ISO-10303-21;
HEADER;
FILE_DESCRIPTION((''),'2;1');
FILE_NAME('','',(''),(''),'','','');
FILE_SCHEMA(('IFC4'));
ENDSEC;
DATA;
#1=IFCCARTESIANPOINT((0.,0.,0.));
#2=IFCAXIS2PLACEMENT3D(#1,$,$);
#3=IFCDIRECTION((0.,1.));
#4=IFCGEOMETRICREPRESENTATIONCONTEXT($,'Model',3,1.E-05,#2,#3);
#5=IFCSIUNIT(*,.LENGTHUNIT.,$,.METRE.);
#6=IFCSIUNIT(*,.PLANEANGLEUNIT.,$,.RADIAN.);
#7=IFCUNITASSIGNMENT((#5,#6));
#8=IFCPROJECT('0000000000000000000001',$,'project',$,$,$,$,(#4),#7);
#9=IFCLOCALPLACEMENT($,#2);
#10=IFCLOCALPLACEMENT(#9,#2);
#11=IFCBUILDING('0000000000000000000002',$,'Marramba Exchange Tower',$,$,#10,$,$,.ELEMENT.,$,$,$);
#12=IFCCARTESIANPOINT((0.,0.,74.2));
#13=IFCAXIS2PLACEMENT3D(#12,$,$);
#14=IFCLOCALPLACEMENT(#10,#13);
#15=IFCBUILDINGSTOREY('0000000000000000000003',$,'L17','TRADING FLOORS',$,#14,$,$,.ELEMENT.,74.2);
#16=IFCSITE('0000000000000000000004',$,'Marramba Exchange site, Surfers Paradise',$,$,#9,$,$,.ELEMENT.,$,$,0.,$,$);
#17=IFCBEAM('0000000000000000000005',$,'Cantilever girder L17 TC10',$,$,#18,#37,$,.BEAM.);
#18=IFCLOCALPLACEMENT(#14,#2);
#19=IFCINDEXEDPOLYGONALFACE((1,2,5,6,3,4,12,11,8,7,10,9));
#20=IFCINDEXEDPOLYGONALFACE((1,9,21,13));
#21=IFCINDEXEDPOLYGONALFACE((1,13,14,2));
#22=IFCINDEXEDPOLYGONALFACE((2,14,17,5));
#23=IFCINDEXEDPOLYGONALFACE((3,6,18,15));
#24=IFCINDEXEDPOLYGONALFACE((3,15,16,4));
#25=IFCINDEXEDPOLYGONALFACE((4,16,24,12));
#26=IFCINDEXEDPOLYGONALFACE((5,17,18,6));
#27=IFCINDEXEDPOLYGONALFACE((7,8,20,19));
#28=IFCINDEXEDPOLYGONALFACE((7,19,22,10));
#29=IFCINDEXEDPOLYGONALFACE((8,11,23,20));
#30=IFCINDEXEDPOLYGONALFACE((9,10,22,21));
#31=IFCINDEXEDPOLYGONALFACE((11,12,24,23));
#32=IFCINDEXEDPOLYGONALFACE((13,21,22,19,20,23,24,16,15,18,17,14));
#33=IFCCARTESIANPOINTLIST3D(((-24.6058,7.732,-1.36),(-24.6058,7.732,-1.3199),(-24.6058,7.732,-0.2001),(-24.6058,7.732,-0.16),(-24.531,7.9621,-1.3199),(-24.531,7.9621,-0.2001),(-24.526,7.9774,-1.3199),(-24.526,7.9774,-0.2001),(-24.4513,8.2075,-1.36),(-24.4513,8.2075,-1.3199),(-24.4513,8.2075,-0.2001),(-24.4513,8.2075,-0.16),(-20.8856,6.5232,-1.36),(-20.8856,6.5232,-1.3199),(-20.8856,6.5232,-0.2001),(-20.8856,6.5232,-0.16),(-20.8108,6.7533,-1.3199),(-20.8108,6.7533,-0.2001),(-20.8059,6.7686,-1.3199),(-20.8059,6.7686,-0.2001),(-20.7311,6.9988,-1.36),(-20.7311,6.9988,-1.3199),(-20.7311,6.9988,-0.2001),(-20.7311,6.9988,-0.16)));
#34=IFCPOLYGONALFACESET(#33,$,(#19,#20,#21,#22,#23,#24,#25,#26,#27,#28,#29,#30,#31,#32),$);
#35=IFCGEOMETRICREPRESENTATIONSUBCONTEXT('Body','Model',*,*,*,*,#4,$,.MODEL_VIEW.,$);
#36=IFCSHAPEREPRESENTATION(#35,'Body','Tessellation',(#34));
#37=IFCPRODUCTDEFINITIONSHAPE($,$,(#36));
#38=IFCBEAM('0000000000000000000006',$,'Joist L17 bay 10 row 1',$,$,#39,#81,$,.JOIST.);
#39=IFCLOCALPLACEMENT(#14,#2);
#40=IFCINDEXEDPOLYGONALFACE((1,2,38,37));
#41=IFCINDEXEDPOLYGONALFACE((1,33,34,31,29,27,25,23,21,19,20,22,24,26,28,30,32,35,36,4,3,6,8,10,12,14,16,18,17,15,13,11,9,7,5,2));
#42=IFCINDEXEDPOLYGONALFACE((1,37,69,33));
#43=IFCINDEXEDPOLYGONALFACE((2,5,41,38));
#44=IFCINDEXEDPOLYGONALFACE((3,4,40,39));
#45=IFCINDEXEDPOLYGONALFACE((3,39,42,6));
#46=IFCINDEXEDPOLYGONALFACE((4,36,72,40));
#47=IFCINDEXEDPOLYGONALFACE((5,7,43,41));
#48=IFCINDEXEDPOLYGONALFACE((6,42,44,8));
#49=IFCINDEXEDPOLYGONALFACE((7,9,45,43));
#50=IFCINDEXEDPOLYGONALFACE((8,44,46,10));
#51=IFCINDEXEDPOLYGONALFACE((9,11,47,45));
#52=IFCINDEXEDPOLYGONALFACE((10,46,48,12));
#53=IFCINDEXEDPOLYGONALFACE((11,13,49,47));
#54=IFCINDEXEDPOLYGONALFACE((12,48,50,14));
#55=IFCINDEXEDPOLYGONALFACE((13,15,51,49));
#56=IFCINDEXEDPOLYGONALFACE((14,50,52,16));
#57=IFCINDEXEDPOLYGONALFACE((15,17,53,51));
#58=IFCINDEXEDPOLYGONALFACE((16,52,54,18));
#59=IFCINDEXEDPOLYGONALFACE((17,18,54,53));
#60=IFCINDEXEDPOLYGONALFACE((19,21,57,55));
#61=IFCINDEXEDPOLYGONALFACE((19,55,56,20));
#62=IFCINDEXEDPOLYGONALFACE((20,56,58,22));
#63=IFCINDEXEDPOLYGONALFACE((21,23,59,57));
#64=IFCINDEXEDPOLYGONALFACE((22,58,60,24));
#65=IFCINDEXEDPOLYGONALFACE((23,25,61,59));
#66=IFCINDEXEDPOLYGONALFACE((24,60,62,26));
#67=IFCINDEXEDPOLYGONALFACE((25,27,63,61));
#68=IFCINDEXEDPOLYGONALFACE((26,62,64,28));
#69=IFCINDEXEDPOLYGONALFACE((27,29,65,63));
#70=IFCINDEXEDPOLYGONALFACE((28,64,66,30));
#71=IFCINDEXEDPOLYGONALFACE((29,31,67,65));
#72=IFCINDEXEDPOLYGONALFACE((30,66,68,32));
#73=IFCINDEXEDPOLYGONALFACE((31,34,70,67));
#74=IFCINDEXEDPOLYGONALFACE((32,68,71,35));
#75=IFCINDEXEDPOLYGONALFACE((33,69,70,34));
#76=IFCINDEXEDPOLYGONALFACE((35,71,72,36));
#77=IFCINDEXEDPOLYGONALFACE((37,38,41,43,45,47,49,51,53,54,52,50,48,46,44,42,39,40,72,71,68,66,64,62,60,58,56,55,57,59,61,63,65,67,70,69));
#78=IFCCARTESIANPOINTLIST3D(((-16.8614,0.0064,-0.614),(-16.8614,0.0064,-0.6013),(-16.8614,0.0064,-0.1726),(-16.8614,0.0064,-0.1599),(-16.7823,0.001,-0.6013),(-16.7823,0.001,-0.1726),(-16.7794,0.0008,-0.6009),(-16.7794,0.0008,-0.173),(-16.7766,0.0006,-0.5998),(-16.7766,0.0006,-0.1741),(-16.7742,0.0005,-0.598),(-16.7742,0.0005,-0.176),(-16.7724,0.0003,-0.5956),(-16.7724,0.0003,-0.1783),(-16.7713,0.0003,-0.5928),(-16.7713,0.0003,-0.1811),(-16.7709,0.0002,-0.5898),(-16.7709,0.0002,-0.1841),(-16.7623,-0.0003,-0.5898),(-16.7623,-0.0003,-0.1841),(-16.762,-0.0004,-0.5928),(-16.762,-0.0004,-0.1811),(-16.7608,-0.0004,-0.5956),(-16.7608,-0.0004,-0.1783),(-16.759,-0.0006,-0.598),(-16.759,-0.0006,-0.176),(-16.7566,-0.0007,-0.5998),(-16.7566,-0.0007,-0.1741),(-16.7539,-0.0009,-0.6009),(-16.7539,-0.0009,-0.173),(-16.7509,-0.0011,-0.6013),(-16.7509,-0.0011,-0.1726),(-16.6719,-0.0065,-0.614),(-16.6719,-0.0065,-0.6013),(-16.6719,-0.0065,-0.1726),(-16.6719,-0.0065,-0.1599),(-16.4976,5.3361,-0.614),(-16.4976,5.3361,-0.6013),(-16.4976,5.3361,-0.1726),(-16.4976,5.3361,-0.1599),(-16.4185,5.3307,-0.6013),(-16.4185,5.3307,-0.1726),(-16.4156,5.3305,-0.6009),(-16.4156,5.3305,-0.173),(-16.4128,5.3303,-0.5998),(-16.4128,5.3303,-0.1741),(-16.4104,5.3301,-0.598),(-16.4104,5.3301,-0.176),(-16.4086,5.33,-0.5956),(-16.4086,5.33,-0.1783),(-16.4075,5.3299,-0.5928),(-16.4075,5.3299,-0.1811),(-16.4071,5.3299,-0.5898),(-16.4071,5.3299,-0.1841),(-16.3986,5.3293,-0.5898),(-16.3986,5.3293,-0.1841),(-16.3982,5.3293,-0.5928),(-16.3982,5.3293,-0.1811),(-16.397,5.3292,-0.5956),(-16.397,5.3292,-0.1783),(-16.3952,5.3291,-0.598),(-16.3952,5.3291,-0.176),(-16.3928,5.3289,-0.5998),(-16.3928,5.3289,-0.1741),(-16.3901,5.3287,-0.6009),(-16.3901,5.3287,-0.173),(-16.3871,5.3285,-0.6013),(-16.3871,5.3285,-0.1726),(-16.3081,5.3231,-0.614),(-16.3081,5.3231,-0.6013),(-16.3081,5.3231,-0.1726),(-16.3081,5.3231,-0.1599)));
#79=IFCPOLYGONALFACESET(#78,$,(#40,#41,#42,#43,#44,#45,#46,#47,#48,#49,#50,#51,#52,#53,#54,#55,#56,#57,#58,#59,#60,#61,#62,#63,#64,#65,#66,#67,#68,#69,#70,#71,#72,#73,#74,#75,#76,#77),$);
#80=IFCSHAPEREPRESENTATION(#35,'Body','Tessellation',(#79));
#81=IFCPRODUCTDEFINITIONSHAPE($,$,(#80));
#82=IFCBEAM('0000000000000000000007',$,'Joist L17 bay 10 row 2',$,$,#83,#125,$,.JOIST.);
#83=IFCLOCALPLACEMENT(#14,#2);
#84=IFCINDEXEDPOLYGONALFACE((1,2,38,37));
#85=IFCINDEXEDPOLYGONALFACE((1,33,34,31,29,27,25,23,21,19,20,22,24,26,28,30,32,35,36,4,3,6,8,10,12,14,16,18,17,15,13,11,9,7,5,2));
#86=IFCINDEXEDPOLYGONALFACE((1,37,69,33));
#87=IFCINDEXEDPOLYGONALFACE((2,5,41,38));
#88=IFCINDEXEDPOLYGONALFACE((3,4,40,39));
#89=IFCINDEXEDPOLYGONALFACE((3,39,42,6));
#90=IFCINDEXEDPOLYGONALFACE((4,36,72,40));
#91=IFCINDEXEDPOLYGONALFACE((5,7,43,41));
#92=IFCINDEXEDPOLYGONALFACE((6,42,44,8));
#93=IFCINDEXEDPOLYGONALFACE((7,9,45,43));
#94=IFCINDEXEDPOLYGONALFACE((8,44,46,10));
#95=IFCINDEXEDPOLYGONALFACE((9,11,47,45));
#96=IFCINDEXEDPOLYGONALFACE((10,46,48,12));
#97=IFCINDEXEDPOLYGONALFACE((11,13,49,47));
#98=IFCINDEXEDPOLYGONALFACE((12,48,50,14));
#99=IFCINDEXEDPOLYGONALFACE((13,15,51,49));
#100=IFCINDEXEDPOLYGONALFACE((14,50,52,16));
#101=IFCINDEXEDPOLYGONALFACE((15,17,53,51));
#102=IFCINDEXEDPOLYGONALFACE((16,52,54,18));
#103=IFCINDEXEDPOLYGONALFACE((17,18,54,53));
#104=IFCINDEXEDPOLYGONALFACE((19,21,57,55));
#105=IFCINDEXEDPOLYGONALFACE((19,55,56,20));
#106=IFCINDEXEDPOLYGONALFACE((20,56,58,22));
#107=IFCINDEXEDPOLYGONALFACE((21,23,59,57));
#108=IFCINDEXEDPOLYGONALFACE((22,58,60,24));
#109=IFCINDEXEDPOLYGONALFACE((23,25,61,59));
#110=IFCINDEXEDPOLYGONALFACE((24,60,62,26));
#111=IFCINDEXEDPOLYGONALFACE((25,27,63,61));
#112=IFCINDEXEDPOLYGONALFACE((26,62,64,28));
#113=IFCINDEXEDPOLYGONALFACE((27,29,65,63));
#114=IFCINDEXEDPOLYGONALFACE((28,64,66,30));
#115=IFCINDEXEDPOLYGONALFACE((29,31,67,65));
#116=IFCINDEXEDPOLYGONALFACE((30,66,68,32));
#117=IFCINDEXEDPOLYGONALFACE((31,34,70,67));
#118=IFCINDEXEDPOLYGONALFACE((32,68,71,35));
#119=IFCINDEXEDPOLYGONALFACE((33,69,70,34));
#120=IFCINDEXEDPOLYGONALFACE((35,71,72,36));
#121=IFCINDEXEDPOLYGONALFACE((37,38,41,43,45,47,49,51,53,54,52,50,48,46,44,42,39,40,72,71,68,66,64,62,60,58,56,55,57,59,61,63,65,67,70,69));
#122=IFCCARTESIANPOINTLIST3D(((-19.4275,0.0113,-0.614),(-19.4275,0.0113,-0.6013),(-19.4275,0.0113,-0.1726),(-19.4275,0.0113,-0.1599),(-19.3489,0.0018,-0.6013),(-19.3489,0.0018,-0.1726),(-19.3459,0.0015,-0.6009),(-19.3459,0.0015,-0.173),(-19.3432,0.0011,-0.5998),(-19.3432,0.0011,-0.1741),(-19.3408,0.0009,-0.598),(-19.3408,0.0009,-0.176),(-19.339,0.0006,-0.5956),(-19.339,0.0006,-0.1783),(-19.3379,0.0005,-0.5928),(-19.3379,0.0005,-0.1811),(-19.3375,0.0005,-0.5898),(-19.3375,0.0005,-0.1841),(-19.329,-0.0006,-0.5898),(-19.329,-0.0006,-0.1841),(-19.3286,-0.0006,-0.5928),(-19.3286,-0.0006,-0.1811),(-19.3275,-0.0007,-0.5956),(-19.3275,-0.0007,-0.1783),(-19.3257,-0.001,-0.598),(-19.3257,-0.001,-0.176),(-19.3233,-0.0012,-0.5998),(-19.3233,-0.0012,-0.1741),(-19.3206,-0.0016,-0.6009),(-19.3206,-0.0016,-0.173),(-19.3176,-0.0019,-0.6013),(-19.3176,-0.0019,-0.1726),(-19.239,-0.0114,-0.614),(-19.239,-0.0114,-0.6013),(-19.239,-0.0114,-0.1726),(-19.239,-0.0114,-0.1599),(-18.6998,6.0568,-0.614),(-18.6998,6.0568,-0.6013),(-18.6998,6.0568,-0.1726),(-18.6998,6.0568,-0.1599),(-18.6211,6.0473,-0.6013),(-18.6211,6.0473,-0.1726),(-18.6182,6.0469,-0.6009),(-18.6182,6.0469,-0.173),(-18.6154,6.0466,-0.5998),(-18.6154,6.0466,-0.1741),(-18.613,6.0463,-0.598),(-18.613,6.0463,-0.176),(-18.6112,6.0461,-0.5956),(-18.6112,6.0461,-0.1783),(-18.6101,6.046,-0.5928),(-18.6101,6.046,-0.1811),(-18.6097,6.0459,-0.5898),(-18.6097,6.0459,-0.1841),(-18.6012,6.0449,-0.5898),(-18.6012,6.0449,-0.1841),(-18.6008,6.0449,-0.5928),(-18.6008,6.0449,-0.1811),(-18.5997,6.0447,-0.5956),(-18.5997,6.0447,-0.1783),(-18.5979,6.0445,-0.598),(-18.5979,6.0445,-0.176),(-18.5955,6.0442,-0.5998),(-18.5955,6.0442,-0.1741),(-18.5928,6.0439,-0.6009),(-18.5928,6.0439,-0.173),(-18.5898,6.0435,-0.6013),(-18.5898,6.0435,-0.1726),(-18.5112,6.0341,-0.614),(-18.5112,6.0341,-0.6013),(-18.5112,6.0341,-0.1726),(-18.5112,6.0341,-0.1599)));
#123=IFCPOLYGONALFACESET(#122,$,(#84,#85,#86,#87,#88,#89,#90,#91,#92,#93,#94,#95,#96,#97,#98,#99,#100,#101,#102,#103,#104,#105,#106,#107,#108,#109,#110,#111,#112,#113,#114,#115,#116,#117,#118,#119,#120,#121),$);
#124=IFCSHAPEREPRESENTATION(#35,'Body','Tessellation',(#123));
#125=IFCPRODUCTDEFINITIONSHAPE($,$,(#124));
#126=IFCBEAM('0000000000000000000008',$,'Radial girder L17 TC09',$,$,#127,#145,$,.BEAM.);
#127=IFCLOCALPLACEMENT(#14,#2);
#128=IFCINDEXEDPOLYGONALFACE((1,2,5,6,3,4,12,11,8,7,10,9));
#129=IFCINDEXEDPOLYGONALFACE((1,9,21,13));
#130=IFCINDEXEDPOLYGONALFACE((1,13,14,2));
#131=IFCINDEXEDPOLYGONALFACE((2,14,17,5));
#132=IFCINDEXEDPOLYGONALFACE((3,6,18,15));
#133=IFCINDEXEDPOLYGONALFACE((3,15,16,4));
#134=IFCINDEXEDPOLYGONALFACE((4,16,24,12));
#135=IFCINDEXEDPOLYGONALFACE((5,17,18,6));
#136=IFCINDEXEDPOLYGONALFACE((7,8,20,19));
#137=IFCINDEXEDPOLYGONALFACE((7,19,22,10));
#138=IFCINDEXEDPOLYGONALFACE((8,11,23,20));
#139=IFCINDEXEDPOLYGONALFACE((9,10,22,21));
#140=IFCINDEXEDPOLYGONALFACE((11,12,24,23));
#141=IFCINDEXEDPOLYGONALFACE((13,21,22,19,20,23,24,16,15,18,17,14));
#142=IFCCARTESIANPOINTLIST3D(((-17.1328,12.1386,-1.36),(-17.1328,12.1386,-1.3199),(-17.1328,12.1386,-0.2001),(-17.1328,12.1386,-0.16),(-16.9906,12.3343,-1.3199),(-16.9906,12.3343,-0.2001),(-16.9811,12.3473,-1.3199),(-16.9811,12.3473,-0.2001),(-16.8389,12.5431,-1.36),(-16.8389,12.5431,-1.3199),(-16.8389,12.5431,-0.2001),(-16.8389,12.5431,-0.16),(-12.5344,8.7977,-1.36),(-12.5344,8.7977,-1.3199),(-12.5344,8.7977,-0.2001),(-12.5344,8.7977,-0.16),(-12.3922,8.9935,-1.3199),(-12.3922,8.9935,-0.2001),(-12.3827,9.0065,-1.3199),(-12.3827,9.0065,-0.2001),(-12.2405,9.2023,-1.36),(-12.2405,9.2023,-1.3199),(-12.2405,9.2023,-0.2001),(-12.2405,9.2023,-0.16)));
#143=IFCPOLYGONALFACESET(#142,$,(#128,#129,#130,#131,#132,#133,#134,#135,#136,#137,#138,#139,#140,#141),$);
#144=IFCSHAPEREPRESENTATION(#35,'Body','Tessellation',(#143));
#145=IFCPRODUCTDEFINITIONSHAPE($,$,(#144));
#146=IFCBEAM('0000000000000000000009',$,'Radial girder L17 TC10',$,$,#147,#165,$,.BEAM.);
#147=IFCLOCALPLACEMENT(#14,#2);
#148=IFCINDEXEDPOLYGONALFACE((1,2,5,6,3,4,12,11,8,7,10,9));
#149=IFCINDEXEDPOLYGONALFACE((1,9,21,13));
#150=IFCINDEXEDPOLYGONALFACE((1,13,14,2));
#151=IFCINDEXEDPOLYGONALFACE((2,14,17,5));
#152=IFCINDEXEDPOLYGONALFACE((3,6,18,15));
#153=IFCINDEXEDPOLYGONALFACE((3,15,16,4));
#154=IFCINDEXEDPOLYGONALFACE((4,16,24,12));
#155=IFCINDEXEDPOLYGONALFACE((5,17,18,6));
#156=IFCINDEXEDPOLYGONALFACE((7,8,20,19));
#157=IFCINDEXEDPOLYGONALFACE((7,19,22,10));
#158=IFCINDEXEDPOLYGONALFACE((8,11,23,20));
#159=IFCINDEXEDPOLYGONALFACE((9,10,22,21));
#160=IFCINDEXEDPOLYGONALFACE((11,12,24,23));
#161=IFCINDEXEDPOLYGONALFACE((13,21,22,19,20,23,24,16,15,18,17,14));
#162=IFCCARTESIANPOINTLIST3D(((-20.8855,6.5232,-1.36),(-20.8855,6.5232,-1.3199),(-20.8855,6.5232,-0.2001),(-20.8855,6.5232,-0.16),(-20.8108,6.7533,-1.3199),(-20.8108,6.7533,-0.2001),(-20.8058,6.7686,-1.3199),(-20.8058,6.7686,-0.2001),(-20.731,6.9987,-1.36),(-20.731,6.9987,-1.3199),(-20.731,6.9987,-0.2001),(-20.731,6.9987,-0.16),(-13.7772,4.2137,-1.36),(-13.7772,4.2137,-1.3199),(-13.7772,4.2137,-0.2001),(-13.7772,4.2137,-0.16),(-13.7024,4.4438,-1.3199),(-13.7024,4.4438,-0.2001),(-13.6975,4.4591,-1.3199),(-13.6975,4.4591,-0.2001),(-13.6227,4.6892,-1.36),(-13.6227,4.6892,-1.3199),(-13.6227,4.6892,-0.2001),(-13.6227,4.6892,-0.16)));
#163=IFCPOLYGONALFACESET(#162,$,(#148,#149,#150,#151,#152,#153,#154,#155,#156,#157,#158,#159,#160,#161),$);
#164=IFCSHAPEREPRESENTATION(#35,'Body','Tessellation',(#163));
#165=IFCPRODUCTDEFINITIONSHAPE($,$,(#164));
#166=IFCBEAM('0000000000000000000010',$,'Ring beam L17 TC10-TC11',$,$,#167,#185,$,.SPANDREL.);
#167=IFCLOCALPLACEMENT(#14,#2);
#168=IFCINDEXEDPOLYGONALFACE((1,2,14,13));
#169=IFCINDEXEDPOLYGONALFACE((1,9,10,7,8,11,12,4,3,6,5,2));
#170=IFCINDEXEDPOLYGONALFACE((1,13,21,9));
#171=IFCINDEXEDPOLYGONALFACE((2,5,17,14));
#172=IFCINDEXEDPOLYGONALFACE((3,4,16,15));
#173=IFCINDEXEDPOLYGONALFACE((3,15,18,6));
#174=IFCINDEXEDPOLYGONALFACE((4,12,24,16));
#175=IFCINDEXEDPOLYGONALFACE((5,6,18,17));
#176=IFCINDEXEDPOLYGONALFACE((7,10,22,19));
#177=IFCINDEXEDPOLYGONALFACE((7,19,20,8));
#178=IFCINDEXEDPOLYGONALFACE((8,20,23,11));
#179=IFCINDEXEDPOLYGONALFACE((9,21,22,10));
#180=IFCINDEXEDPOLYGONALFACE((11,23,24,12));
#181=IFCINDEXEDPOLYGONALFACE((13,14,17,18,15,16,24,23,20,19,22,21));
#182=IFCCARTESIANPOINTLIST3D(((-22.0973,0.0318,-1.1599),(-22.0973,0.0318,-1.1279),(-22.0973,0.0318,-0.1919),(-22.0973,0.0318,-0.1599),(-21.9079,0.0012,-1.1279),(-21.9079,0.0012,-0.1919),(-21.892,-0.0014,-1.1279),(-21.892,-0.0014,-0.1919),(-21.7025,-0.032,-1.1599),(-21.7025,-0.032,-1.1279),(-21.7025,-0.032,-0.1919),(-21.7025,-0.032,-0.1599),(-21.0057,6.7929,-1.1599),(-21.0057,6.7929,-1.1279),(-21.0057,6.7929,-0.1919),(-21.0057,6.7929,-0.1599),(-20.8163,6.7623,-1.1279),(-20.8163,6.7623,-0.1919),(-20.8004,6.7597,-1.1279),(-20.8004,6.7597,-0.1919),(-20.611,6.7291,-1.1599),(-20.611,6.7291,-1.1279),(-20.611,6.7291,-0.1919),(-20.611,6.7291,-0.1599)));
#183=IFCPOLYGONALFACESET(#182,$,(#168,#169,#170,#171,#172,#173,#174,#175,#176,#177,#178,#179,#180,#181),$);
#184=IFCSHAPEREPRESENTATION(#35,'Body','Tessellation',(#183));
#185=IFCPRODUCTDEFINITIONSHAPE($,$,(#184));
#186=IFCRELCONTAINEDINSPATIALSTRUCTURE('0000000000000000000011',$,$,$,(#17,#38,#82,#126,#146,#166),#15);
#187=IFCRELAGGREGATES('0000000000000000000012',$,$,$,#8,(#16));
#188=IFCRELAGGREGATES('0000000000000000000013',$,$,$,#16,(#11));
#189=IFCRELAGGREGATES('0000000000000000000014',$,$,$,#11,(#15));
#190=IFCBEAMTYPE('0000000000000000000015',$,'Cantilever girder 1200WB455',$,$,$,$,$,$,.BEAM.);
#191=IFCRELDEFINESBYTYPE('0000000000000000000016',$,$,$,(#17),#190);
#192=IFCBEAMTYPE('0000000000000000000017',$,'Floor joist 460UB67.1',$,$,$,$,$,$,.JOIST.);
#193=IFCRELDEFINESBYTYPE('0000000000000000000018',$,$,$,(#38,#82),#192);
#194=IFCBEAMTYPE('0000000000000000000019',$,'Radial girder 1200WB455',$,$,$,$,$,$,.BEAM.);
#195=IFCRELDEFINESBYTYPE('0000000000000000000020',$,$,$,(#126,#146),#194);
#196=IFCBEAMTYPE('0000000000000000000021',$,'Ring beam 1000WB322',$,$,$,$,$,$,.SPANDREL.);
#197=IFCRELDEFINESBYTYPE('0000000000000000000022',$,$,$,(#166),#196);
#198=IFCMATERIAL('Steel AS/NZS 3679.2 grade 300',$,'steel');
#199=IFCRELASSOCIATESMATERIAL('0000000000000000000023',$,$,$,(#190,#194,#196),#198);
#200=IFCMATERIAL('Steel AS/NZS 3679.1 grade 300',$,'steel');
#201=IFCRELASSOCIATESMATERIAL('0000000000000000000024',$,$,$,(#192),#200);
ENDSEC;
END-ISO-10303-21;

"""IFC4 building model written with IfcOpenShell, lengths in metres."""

from ifc_helpers import new_model, si_unit, direction, frame, origin, origin_2d, place, context, subcontext, project, spatial, i_section, extrude, material, material_profile, profile_set, type_object, element, save


model = new_model("IFC4")

# Units and contexts
model_context = context("Model", 3, precision=1e-05, world=origin(), true_north=direction((0.0, 1.0)))
body_context = subcontext(model_context, "Body", "Model", "MODEL_VIEW")
ifc_project = project(units=[si_unit("LENGTHUNIT", "METRE"), si_unit("PLANEANGLEUNIT", "RADIAN")], contexts=[model_context])

# Site, building, storey
site_placement = place(None, origin())
site = spatial("IfcSite", under=ifc_project, at=site_placement, Name="Marramba Exchange site, Surfers Paradise", CompositionType="ELEMENT", RefElevation=0.0)
building_placement = place(site_placement, origin())
building = spatial("IfcBuilding", under=site, at=building_placement, Name="Marramba Exchange Tower", CompositionType="ELEMENT")
storey_placement = place(building_placement, frame((0.0, 0.0, 74.2)))
storey = spatial("IfcBuildingStorey", under=building, at=storey_placement, Name="L17", Description="TRADING FLOORS", CompositionType="ELEMENT", Elevation=74.2)

# Beams
ifc_material_1 = material(Name="Steel AS/NZS 3679.2 grade 300", Category="steel")
ifc_material_profile_1 = material_profile(ifc_material_1, i_section(OverallWidth=0.5, OverallDepth=1.2, WebThickness=0.0161, FlangeThickness=0.04, at=origin_2d()), Name="1200WB455")
ifc_profile_set_1 = profile_set([ifc_material_profile_1], Name="Steel AS/NZS 3679.2 grade 300")
beam_type_1 = type_object("IfcBeamType", Name="Cantilever girder 1200WB455", PredefinedType="BEAM", material=ifc_profile_set_1)
beam_1_placement = place(storey_placement, frame((-20.8083, 6.761, -0.76), z_axis=(-0.951059, 0.30901, 0.0), x_axis=(-0.30901, -0.951059, 0.0)))
element("IfcBeam", 1, at=beam_1_placement, inside=storey, type_object=beam_type_1, Name="Cantilever girder L17 TC10", PredefinedType="BEAM", context=body_context, shape_type="SweptSolid", body=[
    extrude(i_section(OverallWidth=0.5, OverallDepth=1.2, WebThickness=0.0161, FlangeThickness=0.04, at=origin_2d()), origin(), (0.0, 0.0, 1.0), 3.9116),
])
ifc_material_2 = material(Name="Steel AS/NZS 3679.1 grade 300", Category="steel")
ifc_material_profile_2 = material_profile(ifc_material_2, i_section(OverallWidth=0.1899, OverallDepth=0.4541, WebThickness=0.0085, FlangeThickness=0.0127, FilletRadius=0.0115, at=origin_2d()), Name="460UB67.1")
ifc_profile_set_2 = profile_set([ifc_material_profile_2], Name="Steel AS/NZS 3679.1 grade 300")
beam_type_2 = type_object("IfcBeamType", Name="Floor joist 460UB67.1", PredefinedType="JOIST", material=ifc_profile_set_2)
beam_2_placement = place(storey_placement, frame((-16.4028, 5.3296, -0.387), z_axis=(-0.068096, -0.997679, 0.0), x_axis=(0.997679, -0.068096, 0.0)))
element("IfcBeam", 2, at=beam_2_placement, inside=storey, type_object=beam_type_2, Name="Joist L17 bay 10 row 1", PredefinedType="JOIST", context=body_context, shape_type="SweptSolid", body=[
    extrude(i_section(OverallWidth=0.1899, OverallDepth=0.4541, WebThickness=0.0085, FlangeThickness=0.0127, FilletRadius=0.0115, at=origin_2d()), origin(), (0.0, 0.0, 1.0), 5.342),
])
beam_3_placement = place(storey_placement, frame((-18.6055, 6.0454, -0.387), z_axis=(-0.119523, -0.992831, 0.0), x_axis=(0.992831, -0.119523, 0.0)))
element("IfcBeam", 3, at=beam_3_placement, inside=storey, type_object=beam_type_2, Name="Joist L17 bay 10 row 2", PredefinedType="JOIST", context=body_context, shape_type="SweptSolid", body=[
    extrude(i_section(OverallWidth=0.1899, OverallDepth=0.4541, WebThickness=0.0085, FlangeThickness=0.0127, FilletRadius=0.0115, at=origin_2d()), origin(), (0.0, 0.0, 1.0), 6.0891),
])
ifc_material_profile_3 = material_profile(ifc_material_1, i_section(OverallWidth=0.5, OverallDepth=1.2, WebThickness=0.0161, FlangeThickness=0.04, at=origin_2d()), Name="1200WB455")
ifc_profile_set_3 = profile_set([ifc_material_profile_3], Name="Steel AS/NZS 3679.2 grade 300")
beam_type_3 = type_object("IfcBeamType", Name="Radial girder 1200WB455", PredefinedType="BEAM", material=ifc_profile_set_3)
beam_4_placement = place(storey_placement, frame((-12.3875, 9.0, -0.76), z_axis=(-0.809026, 0.587773, 0.0), x_axis=(-0.587773, -0.809026, 0.0)))
element("IfcBeam", 4, at=beam_4_placement, inside=storey, type_object=beam_type_3, Name="Radial girder L17 TC09", PredefinedType="BEAM", context=body_context, shape_type="SweptSolid", body=[
    extrude(i_section(OverallWidth=0.5, OverallDepth=1.2, WebThickness=0.0161, FlangeThickness=0.04, at=origin_2d()), origin(), (0.0, 0.0, 1.0), 5.6838),
])
beam_5_placement = place(storey_placement, frame((-13.7, 4.4514, -0.76), z_axis=(-0.95106, 0.309006, 0.0), x_axis=(-0.309006, -0.95106, 0.0)))
element("IfcBeam", 5, at=beam_5_placement, inside=storey, type_object=beam_type_3, Name="Radial girder L17 TC10", PredefinedType="BEAM", context=body_context, shape_type="SweptSolid", body=[
    extrude(i_section(OverallWidth=0.5, OverallDepth=1.2, WebThickness=0.0161, FlangeThickness=0.04, at=origin_2d()), origin(), (0.0, 0.0, 1.0), 7.4741),
])
ifc_material_profile_4 = material_profile(ifc_material_1, i_section(OverallWidth=0.3999, OverallDepth=1.0, WebThickness=0.0161, FlangeThickness=0.032, at=origin_2d()), Name="1000WB322")
ifc_profile_set_4 = profile_set([ifc_material_profile_4], Name="Steel AS/NZS 3679.2 grade 300")
beam_type_4 = type_object("IfcBeamType", Name="Ring beam 1000WB322", PredefinedType="SPANDREL", material=ifc_profile_set_4)
beam_6_placement = place(storey_placement, frame((-20.8083, 6.761, -0.6599), z_axis=(-0.159385, -0.987217, 0.0), x_axis=(0.987217, -0.159385, 0.0)))
element("IfcBeam", 6, at=beam_6_placement, inside=storey, type_object=beam_type_4, Name="Ring beam L17 TC10-TC11", PredefinedType="SPANDREL", context=body_context, shape_type="SweptSolid", body=[
    extrude(i_section(OverallWidth=0.3999, OverallDepth=1.0, WebThickness=0.0161, FlangeThickness=0.032, at=origin_2d()), origin(), (0.0, 0.0, 1.0), 6.8486),
])

save(model, "model.ifc")
